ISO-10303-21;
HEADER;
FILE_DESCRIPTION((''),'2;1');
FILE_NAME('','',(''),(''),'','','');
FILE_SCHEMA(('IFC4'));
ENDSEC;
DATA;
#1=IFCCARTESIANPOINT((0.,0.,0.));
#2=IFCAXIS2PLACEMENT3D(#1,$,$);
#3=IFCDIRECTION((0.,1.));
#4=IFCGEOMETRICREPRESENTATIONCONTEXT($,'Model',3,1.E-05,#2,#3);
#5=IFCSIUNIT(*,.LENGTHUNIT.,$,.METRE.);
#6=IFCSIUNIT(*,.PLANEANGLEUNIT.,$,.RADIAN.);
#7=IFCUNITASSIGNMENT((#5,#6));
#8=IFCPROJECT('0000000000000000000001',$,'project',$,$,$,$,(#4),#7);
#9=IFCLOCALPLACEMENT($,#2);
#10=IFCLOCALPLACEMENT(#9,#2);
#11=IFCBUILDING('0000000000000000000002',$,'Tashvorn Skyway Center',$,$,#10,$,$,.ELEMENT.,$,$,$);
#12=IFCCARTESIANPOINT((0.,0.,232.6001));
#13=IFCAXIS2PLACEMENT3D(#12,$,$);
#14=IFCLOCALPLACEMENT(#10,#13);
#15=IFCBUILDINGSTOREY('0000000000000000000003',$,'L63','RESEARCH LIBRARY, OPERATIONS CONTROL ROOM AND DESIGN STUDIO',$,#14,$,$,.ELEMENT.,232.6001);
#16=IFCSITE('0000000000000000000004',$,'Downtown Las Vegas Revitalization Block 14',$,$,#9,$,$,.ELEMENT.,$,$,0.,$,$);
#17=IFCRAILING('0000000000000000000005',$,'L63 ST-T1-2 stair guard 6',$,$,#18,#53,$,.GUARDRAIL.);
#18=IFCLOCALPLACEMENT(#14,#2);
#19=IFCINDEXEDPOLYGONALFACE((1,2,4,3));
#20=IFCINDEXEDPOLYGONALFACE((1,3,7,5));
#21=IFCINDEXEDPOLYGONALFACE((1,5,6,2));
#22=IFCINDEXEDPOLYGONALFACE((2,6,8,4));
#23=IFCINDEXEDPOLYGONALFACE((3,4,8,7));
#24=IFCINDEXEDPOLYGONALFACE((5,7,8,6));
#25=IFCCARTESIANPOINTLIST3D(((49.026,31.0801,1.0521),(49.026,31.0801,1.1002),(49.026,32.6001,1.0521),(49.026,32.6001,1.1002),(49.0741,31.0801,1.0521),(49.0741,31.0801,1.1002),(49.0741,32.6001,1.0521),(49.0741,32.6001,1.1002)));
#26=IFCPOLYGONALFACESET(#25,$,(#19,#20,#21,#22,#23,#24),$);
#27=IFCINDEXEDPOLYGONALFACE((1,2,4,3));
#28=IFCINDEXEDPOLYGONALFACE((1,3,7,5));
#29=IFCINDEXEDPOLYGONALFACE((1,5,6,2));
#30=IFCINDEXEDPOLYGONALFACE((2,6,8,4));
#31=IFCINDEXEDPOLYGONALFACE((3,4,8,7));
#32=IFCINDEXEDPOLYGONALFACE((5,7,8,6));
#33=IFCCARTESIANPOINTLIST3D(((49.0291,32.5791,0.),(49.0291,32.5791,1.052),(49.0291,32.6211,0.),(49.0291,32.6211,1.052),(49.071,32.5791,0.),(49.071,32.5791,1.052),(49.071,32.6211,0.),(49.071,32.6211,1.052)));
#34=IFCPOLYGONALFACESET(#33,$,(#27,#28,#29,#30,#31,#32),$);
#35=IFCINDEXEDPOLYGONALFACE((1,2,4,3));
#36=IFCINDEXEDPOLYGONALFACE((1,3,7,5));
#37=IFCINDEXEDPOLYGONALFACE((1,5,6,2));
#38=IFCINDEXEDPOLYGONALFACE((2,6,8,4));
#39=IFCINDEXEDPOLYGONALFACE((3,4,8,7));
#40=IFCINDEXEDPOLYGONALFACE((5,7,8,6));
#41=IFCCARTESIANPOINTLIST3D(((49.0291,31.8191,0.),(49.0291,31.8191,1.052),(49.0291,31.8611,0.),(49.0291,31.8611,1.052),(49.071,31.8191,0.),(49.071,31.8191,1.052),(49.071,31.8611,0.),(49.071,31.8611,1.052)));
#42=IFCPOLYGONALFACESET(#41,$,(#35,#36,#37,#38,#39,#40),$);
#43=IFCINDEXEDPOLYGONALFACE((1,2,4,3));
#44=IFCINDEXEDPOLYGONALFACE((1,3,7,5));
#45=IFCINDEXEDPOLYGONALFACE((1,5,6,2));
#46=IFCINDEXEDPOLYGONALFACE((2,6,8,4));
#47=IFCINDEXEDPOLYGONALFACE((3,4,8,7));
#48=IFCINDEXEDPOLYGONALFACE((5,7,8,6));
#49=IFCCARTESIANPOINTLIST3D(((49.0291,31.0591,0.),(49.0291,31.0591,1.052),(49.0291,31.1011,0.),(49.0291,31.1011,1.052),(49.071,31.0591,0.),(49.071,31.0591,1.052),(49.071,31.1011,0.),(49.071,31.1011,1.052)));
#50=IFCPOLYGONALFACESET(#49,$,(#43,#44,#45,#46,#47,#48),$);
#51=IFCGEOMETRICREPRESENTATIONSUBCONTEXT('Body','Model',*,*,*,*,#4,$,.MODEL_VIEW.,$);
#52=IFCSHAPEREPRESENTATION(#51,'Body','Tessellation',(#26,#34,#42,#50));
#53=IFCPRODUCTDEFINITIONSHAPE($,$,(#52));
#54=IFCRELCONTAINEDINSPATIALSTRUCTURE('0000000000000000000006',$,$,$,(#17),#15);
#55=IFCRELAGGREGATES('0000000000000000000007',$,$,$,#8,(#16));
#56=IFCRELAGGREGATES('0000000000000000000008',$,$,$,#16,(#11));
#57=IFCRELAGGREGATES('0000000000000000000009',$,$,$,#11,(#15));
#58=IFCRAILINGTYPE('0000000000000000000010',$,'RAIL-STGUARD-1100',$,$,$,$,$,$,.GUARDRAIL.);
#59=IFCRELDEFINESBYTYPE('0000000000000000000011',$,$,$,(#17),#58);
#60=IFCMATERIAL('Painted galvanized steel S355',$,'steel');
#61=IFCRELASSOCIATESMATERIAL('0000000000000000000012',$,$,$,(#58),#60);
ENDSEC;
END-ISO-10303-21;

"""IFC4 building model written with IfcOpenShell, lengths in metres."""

from ifc_helpers import new_model, si_unit, direction, frame, origin, origin_2d, place, context, subcontext, project, spatial, rectangle, extrude, material, type_object, element, save


model = new_model("IFC4")

# Units and contexts
model_context = context("Model", 3, precision=1e-05, world=origin(), true_north=direction((0.0, 1.0)))
body_context = subcontext(model_context, "Body", "Model", "MODEL_VIEW")
ifc_project = project(units=[si_unit("LENGTHUNIT", "METRE"), si_unit("PLANEANGLEUNIT", "RADIAN")], contexts=[model_context])

# Site, building, storey
site_placement = place(None, origin())
site = spatial("IfcSite", under=ifc_project, at=site_placement, Name="Downtown Las Vegas Revitalization Block 14", CompositionType="ELEMENT", RefElevation=0.0)
building_placement = place(site_placement, origin())
building = spatial("IfcBuilding", under=site, at=building_placement, Name="Tashvorn Skyway Center", CompositionType="ELEMENT")
storey_placement = place(building_placement, frame((0.0, 0.0, 232.6001)))
storey = spatial("IfcBuildingStorey", under=building, at=storey_placement, Name="L63", Description="RESEARCH LIBRARY, OPERATIONS CONTROL ROOM AND DESIGN STUDIO", CompositionType="ELEMENT", Elevation=232.6001)

# Railing
ifc_material_1 = material(Name="Painted galvanized steel S355", Category="steel")
railing_type = type_object("IfcRailingType", Name="RAIL-STGUARD-1100", PredefinedType="GUARDRAIL", material=ifc_material_1)
railing_placement = place(storey_placement, frame((49.05, 32.6001, 0.0)))
element("IfcRailing", 1, at=railing_placement, inside=storey, type_object=railing_type, Name="L63 ST-T1-2 stair guard 6", PredefinedType="GUARDRAIL", context=body_context, shape_type="SweptSolid", body=[
    extrude(rectangle(XDim=0.0481, YDim=0.0481, at=origin_2d()), frame((0.0, 0.0, 1.0762), z_axis=(0.0, -1.0, 0.0), x_axis=(1.0, 0.0, 0.0)), (0.0, 0.0, 1.0), 1.52),
    extrude(rectangle(XDim=0.042, YDim=0.042, at=origin_2d()), origin(), (0.0, 0.0, 1.0), 1.052),
    extrude(rectangle(XDim=0.042, YDim=0.042, at=origin_2d()), frame((0.0, -0.76, 0.0)), (0.0, 0.0, 1.0), 1.052),
    extrude(rectangle(XDim=0.042, YDim=0.042, at=origin_2d()), frame((0.0, -1.52, 0.0)), (0.0, 0.0, 1.0), 1.052),
])

save(model, "model.ifc")
